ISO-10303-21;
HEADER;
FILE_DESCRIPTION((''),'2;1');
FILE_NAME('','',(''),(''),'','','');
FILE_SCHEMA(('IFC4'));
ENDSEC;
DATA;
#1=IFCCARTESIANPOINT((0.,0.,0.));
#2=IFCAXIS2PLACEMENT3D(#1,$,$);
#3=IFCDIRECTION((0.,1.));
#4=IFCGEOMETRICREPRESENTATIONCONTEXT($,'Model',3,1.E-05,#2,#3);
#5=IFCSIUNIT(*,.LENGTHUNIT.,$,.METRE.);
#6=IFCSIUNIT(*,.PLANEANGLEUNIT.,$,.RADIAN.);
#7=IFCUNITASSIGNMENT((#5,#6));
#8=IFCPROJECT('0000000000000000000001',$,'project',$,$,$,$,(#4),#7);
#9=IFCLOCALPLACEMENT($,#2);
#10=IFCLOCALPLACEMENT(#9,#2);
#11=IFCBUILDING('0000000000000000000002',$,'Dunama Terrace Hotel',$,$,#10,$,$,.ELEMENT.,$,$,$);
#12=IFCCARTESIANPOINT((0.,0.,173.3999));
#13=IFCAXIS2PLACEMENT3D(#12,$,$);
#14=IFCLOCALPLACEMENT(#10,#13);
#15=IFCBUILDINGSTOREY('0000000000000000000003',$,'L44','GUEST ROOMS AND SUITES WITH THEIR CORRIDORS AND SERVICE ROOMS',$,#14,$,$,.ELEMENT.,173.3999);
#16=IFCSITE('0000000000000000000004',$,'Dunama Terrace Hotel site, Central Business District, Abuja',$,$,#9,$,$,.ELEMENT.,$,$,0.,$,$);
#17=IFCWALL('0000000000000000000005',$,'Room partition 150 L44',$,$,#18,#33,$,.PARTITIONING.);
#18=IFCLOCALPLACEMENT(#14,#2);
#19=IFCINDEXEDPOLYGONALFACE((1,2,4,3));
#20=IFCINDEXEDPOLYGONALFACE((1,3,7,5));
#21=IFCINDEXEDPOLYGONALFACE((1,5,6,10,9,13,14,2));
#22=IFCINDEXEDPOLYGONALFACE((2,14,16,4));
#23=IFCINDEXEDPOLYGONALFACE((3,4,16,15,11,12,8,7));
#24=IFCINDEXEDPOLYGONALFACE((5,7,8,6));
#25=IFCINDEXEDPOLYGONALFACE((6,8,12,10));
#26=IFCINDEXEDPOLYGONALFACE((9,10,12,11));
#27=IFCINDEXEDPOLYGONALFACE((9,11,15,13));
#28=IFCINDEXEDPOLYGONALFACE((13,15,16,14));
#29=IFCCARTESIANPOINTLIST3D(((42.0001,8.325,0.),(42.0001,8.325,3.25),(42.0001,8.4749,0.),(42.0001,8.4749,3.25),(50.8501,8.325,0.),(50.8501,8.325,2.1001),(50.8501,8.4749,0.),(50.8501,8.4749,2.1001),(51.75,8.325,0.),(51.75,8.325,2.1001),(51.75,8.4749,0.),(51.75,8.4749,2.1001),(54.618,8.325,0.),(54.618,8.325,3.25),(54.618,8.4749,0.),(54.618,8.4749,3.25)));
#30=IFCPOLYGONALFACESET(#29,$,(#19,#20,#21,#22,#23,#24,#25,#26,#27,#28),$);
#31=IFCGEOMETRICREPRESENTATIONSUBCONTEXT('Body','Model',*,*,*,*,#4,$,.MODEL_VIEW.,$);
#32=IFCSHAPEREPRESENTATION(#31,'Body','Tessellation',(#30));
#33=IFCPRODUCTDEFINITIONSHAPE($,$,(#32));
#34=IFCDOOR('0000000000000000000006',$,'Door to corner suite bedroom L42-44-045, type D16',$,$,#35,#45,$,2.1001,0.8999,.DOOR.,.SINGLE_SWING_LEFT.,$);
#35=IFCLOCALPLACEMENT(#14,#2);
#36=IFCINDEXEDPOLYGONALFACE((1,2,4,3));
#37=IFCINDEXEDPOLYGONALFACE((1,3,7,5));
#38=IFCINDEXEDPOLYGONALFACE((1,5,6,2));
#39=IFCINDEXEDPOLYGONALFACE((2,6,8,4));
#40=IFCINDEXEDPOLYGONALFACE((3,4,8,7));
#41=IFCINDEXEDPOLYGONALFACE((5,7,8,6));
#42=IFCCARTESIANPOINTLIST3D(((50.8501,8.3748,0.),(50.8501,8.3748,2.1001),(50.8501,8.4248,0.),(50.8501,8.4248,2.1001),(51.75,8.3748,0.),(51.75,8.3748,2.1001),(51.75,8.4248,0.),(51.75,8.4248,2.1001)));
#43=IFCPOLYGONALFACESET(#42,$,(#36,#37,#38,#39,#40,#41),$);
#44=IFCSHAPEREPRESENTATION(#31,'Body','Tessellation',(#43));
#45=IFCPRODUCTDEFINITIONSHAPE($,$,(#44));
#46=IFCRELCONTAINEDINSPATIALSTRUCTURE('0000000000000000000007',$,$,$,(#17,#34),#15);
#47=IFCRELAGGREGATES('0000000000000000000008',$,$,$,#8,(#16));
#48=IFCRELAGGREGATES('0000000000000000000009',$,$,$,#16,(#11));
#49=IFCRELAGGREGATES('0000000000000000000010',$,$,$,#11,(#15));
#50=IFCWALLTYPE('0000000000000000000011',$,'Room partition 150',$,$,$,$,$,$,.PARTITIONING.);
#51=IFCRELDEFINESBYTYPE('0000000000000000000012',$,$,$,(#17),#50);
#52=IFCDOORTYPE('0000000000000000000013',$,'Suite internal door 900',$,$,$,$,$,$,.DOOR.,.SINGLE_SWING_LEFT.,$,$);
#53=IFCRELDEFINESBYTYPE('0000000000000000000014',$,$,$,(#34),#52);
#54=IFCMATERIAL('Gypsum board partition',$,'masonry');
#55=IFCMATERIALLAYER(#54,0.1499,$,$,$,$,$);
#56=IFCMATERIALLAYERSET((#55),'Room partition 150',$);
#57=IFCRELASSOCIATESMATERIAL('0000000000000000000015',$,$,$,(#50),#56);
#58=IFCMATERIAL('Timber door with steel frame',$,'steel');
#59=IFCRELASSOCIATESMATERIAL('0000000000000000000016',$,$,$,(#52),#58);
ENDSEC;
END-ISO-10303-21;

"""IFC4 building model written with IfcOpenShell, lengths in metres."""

from ifc_helpers import new_model, si_unit, direction, frame, frame_2d, origin, place, context, subcontext, project, spatial, rectangle, extrude, material, layer, layer_set, type_object, element, fill, save


model = new_model("IFC4")

# Units and contexts
model_context = context("Model", 3, precision=1e-05, world=origin(), true_north=direction((0.0, 1.0)))
body_context = subcontext(model_context, "Body", "Model", "MODEL_VIEW")
ifc_project = project(units=[si_unit("LENGTHUNIT", "METRE"), si_unit("PLANEANGLEUNIT", "RADIAN")], contexts=[model_context])

# Site, building, storey
site_placement = place(None, origin())
site = spatial("IfcSite", under=ifc_project, at=site_placement, Name="Dunama Terrace Hotel site, Central Business District, Abuja", CompositionType="ELEMENT", RefElevation=0.0)
building_placement = place(site_placement, origin())
building = spatial("IfcBuilding", under=site, at=building_placement, Name="Dunama Terrace Hotel", CompositionType="ELEMENT")
storey_placement = place(building_placement, frame((0.0, 0.0, 173.3999)))
storey = spatial("IfcBuildingStorey", under=building, at=storey_placement, Name="L44", Description="GUEST ROOMS AND SUITES WITH THEIR CORRIDORS AND SERVICE ROOMS", CompositionType="ELEMENT", Elevation=173.3999)

# Wall, opening, door
ifc_material_1 = material(Name="Gypsum board partition", Category="masonry")
ifc_layer_1 = layer(ifc_material_1, 0.1499)
ifc_layer_set_1 = layer_set([ifc_layer_1], Name="Room partition 150")
wall_type_1 = type_object("IfcWallType", Name="Room partition 150", PredefinedType="PARTITIONING", material=ifc_layer_set_1)
wall_1_placement = place(storey_placement, frame((42.0, 8.3999, 0.0), z_axis=(0.0, 0.0, 1.0), x_axis=(1.0, 0.0, 0.0)))
wall_1 = element("IfcWall", 1, at=wall_1_placement, inside=storey, type_object=wall_type_1, Name="Room partition 150 L44", PredefinedType="PARTITIONING", context=body_context, shape_type="SweptSolid", body=[
    extrude(rectangle(XDim=12.6179, YDim=0.1499, at=frame_2d((6.3091, 0.0))), origin(), (0.0, 0.0, 1.0), 3.25),
])
opening_1_placement = place(wall_1_placement, frame((8.8501, 0.0, 0.0)))
opening_1 = element("IfcOpeningElement", 2, at=opening_1_placement, cuts=wall_1, PredefinedType="OPENING", context=body_context, shape_type="SweptSolid", body=[
    extrude(rectangle(XDim=0.8999, YDim=2.1001, at=frame_2d((0.45, 1.05))), frame((0.0, 0.085, 0.0), z_axis=(0.0, -1.0, 0.0), x_axis=(1.0, 0.0, 0.0)), (0.0, 0.0, 1.0), 0.1699),
])
ifc_material_2 = material(Name="Timber door with steel frame", Category="steel")
door_type_1 = type_object("IfcDoorType", Name="Suite internal door 900", OperationType="SINGLE_SWING_LEFT", PredefinedType="DOOR", material=ifc_material_2)
door_1_placement = place(opening_1_placement, frame((0.8999, 0.0, 0.0), z_axis=(0.0, 0.0, 1.0), x_axis=(-1.0, 0.0, 0.0)))
door_1 = element("IfcDoor", 3, at=door_1_placement, inside=storey, type_object=door_type_1, Name="Door to corner suite bedroom L42-44-045, type D16", OperationType="SINGLE_SWING_LEFT", OverallHeight=2.1001, OverallWidth=0.8999, PredefinedType="DOOR", context=body_context, shape_type="SweptSolid", body=[
    extrude(rectangle(XDim=0.8999, YDim=2.1001, at=frame_2d((0.45, 1.05))), frame((0.0, 0.0251, 0.0), z_axis=(0.0, -1.0, 0.0), x_axis=(1.0, 0.0, 0.0)), (0.0, 0.0, 1.0), 0.05),
])
fill(opening_1, door_1)

save(model, "model.ifc")
